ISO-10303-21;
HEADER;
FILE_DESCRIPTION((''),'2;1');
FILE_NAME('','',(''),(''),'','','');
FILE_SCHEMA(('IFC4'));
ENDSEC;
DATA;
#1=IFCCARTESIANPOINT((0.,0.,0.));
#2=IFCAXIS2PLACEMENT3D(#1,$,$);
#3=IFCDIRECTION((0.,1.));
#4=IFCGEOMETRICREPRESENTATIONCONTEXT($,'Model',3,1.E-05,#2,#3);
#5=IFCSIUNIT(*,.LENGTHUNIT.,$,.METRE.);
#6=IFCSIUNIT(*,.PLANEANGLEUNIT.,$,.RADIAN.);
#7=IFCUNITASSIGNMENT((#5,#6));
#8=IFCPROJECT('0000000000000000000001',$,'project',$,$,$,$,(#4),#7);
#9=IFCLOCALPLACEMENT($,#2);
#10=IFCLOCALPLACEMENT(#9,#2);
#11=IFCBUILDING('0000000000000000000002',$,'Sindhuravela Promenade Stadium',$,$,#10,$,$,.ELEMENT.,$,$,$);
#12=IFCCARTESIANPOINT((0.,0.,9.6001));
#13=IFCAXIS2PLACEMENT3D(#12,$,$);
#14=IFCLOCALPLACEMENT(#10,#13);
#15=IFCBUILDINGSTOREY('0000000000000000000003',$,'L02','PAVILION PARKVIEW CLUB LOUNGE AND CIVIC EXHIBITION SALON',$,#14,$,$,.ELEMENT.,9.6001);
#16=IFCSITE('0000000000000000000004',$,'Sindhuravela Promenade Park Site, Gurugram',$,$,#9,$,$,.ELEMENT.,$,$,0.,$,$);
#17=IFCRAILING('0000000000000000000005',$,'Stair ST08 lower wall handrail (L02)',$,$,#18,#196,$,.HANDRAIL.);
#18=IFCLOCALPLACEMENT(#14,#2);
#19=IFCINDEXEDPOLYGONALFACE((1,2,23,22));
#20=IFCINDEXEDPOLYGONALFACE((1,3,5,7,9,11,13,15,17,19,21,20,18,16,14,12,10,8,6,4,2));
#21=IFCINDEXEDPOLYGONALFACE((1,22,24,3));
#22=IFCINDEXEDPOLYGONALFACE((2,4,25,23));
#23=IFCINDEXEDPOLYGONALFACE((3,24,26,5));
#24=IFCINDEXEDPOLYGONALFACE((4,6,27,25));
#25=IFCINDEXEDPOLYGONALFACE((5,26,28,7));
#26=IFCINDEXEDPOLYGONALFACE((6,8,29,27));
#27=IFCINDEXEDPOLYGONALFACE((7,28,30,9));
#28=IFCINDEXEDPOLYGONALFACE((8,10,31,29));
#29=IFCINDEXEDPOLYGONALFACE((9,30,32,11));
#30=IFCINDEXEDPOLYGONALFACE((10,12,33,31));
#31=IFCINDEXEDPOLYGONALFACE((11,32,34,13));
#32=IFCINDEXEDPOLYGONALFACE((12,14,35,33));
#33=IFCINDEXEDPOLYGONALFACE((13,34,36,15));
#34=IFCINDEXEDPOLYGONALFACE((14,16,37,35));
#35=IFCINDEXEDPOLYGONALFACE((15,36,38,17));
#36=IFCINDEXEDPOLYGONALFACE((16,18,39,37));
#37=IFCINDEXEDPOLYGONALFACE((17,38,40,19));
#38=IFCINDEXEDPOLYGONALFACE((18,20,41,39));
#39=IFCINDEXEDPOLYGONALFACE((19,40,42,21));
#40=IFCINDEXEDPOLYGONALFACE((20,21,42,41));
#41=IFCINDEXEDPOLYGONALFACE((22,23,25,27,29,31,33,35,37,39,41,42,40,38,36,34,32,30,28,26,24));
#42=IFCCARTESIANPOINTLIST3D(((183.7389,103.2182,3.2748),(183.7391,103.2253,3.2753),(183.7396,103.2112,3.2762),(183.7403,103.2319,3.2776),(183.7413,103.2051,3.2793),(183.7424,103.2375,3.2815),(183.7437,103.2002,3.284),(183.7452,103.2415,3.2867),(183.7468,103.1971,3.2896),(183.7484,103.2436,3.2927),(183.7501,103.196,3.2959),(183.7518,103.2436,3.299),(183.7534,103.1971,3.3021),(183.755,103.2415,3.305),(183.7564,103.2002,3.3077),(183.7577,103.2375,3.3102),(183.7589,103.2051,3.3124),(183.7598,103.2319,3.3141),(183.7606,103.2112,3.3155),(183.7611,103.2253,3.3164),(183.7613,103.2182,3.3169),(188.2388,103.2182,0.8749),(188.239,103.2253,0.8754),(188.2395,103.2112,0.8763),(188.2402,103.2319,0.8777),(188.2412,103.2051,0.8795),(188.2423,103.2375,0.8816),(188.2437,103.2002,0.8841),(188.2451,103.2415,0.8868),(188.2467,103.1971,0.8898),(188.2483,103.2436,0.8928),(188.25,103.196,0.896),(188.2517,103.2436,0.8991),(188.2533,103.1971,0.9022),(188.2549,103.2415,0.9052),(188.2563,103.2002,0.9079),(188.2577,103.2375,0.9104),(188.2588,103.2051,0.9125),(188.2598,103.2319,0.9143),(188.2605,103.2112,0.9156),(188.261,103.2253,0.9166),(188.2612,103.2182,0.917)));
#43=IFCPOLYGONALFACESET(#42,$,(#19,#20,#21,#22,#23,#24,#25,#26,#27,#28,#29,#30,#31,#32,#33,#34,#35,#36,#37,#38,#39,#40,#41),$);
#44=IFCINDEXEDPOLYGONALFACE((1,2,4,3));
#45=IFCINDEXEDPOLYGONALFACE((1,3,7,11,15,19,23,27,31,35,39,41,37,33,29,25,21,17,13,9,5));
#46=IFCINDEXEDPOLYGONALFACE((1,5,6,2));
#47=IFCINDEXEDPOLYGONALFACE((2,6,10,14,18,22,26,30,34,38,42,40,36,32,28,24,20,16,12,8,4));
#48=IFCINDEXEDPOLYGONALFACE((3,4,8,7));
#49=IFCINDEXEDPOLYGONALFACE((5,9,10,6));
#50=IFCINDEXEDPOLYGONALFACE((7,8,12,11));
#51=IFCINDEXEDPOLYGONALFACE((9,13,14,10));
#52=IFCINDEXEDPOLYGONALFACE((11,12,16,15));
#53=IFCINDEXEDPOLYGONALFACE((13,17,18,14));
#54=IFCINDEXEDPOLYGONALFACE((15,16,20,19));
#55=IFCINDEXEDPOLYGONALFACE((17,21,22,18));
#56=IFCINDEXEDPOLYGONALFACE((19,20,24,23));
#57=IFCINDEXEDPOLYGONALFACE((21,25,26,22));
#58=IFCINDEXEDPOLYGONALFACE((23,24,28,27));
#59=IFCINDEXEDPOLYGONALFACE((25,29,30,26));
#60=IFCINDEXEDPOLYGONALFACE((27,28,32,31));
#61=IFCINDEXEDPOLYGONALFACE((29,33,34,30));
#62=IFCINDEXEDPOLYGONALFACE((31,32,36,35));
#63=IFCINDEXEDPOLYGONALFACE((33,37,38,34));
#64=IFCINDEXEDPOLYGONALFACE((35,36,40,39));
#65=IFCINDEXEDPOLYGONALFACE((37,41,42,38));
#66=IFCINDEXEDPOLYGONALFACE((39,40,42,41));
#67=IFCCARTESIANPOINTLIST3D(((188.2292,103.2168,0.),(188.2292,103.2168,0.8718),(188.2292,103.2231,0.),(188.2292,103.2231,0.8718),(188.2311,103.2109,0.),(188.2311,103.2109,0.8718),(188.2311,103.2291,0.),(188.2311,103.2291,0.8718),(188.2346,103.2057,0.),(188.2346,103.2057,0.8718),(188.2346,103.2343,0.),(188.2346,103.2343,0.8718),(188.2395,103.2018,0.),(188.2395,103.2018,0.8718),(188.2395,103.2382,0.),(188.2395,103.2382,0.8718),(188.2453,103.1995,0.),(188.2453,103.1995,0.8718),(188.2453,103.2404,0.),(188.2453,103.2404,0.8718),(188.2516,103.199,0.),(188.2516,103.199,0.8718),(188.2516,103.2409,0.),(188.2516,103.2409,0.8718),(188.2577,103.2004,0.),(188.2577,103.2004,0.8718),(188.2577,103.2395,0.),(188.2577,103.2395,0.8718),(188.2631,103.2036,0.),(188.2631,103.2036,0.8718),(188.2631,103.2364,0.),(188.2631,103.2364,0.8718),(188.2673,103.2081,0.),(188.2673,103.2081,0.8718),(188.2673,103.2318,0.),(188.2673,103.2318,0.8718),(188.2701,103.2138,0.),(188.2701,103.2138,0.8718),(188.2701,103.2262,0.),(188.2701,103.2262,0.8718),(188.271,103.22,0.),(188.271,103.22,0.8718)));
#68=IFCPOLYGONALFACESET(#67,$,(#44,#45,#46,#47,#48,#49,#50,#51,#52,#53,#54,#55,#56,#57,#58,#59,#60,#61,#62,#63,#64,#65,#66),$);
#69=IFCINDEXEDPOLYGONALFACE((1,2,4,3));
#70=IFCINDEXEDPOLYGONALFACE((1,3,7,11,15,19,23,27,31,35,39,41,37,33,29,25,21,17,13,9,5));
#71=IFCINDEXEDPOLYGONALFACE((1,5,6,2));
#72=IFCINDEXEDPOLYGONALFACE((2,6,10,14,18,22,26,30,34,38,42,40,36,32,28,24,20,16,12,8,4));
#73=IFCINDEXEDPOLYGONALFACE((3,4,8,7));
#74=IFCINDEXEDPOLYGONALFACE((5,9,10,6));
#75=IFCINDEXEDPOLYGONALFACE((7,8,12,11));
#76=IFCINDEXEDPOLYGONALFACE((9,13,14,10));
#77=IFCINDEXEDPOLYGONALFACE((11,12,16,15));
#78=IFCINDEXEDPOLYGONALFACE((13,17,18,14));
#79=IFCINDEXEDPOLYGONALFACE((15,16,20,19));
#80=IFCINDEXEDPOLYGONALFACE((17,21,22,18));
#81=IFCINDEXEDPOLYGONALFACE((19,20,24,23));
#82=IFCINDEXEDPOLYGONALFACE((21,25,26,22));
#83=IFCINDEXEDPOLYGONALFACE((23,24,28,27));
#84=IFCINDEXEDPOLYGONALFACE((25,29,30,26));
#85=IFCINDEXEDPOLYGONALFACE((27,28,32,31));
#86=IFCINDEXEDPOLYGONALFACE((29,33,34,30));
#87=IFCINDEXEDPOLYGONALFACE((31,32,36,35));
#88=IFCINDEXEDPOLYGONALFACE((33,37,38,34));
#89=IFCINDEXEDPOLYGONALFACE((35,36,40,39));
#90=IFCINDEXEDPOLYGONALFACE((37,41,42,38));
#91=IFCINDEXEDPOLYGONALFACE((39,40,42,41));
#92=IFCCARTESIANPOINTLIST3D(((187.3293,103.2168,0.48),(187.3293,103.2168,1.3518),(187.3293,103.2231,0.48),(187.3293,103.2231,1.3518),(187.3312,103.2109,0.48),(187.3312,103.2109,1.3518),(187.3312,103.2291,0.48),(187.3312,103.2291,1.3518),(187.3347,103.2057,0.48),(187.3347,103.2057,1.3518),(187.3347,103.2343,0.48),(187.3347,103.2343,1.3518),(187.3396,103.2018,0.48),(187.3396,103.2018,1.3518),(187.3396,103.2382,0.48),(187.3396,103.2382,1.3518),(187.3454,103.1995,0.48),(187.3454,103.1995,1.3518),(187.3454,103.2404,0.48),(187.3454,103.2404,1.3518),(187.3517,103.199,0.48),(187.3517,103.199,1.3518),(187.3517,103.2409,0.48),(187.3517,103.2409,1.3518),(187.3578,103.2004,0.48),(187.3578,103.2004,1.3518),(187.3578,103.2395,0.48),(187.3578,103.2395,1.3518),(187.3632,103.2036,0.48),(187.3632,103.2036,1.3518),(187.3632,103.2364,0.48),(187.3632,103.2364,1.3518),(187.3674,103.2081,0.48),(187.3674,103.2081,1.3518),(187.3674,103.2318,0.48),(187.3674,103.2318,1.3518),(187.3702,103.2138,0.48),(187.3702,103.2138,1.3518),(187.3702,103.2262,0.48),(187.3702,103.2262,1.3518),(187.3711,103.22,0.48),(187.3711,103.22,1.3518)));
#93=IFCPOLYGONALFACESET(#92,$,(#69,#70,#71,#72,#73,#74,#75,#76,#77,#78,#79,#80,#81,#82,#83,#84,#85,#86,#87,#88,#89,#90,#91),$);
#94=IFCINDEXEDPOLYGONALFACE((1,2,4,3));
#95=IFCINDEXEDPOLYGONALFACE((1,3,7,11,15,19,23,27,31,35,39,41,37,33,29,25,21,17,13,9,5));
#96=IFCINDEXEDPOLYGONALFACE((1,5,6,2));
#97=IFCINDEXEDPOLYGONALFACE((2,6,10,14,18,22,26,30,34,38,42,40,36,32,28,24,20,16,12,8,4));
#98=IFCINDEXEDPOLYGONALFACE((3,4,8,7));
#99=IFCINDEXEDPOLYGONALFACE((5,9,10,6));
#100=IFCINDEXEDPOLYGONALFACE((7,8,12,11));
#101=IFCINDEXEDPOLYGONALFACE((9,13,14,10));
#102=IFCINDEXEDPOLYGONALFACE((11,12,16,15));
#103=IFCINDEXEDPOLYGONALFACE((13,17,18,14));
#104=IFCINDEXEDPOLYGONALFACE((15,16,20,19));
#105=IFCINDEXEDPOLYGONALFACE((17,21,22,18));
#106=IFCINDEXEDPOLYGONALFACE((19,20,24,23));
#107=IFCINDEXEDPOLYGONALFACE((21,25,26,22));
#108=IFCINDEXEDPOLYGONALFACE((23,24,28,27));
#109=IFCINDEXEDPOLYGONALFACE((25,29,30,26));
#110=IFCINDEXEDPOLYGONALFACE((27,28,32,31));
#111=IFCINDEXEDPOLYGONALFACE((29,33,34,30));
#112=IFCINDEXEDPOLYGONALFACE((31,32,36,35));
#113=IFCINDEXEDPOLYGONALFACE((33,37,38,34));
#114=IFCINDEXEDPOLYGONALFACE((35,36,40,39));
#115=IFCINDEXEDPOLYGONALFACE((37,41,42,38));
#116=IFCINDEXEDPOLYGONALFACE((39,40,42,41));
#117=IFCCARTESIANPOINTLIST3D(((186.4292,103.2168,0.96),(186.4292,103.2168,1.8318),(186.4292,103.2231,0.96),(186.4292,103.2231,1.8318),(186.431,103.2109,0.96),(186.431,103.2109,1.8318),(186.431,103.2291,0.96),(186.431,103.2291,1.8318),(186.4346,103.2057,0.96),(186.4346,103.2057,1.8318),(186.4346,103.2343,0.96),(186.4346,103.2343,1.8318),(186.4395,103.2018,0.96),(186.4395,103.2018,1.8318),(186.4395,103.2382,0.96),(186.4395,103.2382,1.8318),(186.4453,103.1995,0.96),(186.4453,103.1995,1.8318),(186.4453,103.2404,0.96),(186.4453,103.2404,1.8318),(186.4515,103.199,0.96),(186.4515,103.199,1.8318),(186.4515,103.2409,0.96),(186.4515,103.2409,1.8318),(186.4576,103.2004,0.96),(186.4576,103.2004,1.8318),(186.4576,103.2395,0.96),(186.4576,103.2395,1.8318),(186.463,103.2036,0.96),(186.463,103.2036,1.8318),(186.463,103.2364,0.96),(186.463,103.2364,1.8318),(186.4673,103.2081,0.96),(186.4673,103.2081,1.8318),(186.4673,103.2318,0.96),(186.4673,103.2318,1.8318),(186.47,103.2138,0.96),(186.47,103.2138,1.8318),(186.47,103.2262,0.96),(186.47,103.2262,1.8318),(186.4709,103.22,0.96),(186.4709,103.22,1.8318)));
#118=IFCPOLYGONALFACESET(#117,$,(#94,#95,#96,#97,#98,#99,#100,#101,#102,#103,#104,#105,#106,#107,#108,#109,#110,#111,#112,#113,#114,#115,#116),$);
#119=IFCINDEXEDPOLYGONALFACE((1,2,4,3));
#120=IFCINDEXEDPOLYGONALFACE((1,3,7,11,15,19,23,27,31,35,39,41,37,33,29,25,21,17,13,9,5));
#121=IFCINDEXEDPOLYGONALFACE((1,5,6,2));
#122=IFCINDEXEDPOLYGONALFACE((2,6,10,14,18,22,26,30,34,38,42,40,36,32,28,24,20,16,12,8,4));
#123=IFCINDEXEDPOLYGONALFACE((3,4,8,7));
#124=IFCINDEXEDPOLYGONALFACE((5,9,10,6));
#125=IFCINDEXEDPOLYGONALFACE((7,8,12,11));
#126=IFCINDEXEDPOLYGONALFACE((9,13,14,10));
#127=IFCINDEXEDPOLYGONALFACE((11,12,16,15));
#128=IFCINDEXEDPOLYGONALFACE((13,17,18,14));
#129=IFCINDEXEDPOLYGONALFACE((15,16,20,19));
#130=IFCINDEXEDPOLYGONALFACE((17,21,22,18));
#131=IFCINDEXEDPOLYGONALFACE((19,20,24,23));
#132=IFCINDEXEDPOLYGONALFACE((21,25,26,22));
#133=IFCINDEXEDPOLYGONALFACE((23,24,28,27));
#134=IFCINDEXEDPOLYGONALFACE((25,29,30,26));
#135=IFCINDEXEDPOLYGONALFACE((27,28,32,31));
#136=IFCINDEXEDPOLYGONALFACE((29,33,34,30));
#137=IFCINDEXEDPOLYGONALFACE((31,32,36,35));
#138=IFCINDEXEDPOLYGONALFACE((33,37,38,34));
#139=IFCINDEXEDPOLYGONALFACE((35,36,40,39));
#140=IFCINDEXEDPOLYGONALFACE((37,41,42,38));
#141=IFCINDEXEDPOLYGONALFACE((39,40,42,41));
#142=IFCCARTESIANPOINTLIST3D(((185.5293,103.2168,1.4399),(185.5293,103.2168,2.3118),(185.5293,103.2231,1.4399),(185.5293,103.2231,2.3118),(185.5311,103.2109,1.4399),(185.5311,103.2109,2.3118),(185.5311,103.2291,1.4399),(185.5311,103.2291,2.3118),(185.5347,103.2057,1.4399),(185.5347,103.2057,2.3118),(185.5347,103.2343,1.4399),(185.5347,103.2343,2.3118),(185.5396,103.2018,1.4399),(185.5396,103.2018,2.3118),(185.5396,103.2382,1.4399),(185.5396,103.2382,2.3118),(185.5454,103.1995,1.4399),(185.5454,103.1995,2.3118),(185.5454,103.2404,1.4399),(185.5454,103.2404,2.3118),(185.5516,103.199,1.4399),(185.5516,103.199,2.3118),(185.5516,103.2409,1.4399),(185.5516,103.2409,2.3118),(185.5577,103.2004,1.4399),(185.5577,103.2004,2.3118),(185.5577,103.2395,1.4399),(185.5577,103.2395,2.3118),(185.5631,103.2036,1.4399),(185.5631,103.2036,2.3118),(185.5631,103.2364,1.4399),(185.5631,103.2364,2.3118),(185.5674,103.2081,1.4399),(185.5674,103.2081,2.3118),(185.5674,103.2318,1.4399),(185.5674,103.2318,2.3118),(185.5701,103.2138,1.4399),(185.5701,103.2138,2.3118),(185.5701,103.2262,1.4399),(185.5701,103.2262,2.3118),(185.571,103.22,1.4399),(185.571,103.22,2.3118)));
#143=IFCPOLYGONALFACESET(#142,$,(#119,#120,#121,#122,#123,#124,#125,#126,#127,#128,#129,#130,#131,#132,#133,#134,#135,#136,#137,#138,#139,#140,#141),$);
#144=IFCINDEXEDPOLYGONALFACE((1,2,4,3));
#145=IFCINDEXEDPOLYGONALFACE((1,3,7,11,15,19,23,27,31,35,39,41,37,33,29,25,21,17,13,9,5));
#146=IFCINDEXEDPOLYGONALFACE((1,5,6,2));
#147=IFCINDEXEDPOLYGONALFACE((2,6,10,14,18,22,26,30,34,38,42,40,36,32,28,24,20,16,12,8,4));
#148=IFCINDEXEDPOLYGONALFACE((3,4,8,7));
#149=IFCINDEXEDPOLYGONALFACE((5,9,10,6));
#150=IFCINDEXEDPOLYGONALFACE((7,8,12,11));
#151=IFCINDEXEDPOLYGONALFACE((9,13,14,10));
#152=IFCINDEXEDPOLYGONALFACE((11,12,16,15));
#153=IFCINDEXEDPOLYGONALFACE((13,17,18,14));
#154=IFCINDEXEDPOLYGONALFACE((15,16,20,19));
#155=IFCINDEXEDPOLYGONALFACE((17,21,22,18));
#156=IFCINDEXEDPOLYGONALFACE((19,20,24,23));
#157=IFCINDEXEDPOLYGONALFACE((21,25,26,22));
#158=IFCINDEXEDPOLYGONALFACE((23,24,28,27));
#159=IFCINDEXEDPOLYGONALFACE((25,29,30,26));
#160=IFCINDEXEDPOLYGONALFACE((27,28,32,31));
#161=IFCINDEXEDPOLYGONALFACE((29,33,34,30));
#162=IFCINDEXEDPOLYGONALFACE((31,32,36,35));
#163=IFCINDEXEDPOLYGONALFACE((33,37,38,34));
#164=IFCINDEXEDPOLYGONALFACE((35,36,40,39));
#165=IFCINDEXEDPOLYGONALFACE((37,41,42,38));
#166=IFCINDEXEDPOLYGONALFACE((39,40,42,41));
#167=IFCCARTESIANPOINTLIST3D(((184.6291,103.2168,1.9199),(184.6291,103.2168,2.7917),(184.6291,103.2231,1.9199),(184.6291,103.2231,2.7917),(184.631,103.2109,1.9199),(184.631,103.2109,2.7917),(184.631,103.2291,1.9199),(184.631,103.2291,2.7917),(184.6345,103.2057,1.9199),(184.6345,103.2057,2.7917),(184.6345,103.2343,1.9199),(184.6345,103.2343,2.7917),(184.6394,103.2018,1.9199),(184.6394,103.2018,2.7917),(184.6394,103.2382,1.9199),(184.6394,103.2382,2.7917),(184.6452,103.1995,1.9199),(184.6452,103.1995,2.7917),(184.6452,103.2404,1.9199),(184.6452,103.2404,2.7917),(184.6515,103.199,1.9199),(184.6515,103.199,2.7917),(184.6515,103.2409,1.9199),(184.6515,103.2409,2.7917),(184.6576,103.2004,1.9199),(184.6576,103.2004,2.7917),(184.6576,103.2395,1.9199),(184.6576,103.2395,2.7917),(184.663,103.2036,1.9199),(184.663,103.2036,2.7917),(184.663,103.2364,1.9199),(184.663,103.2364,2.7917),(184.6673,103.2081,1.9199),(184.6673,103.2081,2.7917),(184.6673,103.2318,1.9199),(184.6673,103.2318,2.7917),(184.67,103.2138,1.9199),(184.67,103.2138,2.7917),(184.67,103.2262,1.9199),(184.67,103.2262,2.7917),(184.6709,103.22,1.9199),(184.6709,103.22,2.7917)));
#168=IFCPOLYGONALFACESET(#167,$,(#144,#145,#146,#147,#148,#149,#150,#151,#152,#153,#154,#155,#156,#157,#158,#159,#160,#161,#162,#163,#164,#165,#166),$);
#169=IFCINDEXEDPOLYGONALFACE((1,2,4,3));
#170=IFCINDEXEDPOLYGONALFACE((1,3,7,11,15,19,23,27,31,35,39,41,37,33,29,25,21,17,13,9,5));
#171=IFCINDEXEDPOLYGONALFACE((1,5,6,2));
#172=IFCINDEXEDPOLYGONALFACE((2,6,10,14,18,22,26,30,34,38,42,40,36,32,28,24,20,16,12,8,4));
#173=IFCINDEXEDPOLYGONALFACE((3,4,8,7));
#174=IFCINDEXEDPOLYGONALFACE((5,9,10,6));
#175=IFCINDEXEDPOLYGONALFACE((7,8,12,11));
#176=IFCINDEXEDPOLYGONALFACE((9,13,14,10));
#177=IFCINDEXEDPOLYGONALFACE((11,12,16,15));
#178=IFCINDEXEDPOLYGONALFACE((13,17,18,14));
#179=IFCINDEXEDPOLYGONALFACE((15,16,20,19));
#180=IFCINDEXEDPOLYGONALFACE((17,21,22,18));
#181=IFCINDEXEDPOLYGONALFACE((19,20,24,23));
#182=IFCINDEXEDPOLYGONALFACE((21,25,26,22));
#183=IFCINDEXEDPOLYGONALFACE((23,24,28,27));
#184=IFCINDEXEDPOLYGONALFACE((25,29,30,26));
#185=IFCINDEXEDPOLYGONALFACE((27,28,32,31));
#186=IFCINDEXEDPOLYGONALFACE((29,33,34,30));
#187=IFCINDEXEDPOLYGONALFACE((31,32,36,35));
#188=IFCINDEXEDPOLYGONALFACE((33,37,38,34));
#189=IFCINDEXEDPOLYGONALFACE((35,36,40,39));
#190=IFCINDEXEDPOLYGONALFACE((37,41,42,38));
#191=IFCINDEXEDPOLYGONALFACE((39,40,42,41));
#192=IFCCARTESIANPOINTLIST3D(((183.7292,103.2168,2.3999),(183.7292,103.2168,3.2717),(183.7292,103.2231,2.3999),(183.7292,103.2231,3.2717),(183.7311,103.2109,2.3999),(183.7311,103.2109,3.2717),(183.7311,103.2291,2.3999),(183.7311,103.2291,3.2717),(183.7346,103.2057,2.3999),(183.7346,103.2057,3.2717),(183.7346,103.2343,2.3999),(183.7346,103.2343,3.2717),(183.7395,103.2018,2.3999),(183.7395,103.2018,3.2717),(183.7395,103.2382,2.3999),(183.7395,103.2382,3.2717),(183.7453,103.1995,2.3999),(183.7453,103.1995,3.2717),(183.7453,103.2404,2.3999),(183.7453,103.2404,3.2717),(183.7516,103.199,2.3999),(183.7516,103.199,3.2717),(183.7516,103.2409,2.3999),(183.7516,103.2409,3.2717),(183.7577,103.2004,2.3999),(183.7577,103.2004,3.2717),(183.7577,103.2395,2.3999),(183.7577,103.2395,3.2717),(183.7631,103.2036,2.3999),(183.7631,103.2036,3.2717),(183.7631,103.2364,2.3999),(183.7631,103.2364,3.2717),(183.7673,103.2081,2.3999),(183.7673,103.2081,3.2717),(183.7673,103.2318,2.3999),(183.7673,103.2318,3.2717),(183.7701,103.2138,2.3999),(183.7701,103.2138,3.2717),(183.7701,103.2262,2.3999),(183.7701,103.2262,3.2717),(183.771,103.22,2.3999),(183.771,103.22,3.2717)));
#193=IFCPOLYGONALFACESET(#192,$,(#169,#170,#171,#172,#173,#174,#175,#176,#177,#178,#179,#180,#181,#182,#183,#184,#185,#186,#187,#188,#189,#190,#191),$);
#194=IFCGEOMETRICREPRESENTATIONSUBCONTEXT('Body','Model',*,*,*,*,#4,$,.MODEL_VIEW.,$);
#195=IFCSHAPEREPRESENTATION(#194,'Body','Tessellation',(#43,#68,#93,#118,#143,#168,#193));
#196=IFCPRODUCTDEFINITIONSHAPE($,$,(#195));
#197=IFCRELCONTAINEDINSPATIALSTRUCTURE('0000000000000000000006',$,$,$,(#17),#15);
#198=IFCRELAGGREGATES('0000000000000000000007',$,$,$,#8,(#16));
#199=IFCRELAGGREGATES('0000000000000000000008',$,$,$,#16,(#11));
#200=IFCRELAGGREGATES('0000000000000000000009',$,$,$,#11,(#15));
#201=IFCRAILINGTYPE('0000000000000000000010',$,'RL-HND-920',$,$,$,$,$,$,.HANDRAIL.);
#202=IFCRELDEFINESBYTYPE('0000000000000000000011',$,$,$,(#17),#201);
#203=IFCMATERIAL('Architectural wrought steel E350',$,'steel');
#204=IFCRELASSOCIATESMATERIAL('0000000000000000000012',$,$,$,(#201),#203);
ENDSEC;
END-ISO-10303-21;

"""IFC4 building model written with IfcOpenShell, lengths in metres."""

from ifc_helpers import new_model, si_unit, direction, frame, origin, origin_2d, place, context, subcontext, project, spatial, circle, extrude, material, type_object, element, save


model = new_model("IFC4")

# Units and contexts
model_context = context("Model", 3, precision=1e-05, world=origin(), true_north=direction((0.0, 1.0)))
body_context = subcontext(model_context, "Body", "Model", "MODEL_VIEW")
ifc_project = project(units=[si_unit("LENGTHUNIT", "METRE"), si_unit("PLANEANGLEUNIT", "RADIAN")], contexts=[model_context])

# Site, building, storey
site_placement = place(None, origin())
site = spatial("IfcSite", under=ifc_project, at=site_placement, Name="Sindhuravela Promenade Park Site, Gurugram", CompositionType="ELEMENT", RefElevation=0.0)
building_placement = place(site_placement, origin())
building = spatial("IfcBuilding", under=site, at=building_placement, Name="Sindhuravela Promenade Stadium", CompositionType="ELEMENT")
storey_placement = place(building_placement, frame((0.0, 0.0, 9.6001)))
storey = spatial("IfcBuildingStorey", under=building, at=storey_placement, Name="L02", Description="PAVILION PARKVIEW CLUB LOUNGE AND CIVIC EXHIBITION SALON", CompositionType="ELEMENT", Elevation=9.6001)

# Shared definitions
ifc_material_1 = material(Name="Architectural wrought steel E350", Category="steel")

# Railing
railing_type_1 = type_object("IfcRailingType", Name="RL-HND-920", PredefinedType="HANDRAIL", material=ifc_material_1)
railing_1_placement = place(storey_placement, frame((188.25, 103.22, 0.0)))
element("IfcRailing", 1, at=railing_1_placement, inside=storey, type_object=railing_type_1, Name="Stair ST08 lower wall handrail (L02)", PredefinedType="HANDRAIL", context=body_context, shape_type="SweptSolid", body=[
    extrude(circle(Radius=0.0239, at=origin_2d()), frame((0.0, 0.0, 0.896), z_axis=(-0.882361, 0.0, 0.470573), x_axis=(0.0, -1.0, 0.0)), (0.0, 0.0, 1.0), 5.0999),
    extrude(circle(Radius=0.021, at=origin_2d()), origin(), (0.0, 0.0, 1.0), 0.8718),
    extrude(circle(Radius=0.021, at=origin_2d()), frame((-0.8999, 0.0, 0.48)), (0.0, 0.0, 1.0), 0.8718),
    extrude(circle(Radius=0.021, at=origin_2d()), frame((-1.8, 0.0, 0.96)), (0.0, 0.0, 1.0), 0.8718),
    extrude(circle(Radius=0.021, at=origin_2d()), frame((-2.7, 0.0, 1.4399)), (0.0, 0.0, 1.0), 0.8718),
    extrude(circle(Radius=0.021, at=origin_2d()), frame((-3.6001, 0.0, 1.9199)), (0.0, 0.0, 1.0), 0.8718),
    extrude(circle(Radius=0.021, at=origin_2d()), frame((-4.5, 0.0, 2.3999)), (0.0, 0.0, 1.0), 0.8718),
])

save(model, "model.ifc")
